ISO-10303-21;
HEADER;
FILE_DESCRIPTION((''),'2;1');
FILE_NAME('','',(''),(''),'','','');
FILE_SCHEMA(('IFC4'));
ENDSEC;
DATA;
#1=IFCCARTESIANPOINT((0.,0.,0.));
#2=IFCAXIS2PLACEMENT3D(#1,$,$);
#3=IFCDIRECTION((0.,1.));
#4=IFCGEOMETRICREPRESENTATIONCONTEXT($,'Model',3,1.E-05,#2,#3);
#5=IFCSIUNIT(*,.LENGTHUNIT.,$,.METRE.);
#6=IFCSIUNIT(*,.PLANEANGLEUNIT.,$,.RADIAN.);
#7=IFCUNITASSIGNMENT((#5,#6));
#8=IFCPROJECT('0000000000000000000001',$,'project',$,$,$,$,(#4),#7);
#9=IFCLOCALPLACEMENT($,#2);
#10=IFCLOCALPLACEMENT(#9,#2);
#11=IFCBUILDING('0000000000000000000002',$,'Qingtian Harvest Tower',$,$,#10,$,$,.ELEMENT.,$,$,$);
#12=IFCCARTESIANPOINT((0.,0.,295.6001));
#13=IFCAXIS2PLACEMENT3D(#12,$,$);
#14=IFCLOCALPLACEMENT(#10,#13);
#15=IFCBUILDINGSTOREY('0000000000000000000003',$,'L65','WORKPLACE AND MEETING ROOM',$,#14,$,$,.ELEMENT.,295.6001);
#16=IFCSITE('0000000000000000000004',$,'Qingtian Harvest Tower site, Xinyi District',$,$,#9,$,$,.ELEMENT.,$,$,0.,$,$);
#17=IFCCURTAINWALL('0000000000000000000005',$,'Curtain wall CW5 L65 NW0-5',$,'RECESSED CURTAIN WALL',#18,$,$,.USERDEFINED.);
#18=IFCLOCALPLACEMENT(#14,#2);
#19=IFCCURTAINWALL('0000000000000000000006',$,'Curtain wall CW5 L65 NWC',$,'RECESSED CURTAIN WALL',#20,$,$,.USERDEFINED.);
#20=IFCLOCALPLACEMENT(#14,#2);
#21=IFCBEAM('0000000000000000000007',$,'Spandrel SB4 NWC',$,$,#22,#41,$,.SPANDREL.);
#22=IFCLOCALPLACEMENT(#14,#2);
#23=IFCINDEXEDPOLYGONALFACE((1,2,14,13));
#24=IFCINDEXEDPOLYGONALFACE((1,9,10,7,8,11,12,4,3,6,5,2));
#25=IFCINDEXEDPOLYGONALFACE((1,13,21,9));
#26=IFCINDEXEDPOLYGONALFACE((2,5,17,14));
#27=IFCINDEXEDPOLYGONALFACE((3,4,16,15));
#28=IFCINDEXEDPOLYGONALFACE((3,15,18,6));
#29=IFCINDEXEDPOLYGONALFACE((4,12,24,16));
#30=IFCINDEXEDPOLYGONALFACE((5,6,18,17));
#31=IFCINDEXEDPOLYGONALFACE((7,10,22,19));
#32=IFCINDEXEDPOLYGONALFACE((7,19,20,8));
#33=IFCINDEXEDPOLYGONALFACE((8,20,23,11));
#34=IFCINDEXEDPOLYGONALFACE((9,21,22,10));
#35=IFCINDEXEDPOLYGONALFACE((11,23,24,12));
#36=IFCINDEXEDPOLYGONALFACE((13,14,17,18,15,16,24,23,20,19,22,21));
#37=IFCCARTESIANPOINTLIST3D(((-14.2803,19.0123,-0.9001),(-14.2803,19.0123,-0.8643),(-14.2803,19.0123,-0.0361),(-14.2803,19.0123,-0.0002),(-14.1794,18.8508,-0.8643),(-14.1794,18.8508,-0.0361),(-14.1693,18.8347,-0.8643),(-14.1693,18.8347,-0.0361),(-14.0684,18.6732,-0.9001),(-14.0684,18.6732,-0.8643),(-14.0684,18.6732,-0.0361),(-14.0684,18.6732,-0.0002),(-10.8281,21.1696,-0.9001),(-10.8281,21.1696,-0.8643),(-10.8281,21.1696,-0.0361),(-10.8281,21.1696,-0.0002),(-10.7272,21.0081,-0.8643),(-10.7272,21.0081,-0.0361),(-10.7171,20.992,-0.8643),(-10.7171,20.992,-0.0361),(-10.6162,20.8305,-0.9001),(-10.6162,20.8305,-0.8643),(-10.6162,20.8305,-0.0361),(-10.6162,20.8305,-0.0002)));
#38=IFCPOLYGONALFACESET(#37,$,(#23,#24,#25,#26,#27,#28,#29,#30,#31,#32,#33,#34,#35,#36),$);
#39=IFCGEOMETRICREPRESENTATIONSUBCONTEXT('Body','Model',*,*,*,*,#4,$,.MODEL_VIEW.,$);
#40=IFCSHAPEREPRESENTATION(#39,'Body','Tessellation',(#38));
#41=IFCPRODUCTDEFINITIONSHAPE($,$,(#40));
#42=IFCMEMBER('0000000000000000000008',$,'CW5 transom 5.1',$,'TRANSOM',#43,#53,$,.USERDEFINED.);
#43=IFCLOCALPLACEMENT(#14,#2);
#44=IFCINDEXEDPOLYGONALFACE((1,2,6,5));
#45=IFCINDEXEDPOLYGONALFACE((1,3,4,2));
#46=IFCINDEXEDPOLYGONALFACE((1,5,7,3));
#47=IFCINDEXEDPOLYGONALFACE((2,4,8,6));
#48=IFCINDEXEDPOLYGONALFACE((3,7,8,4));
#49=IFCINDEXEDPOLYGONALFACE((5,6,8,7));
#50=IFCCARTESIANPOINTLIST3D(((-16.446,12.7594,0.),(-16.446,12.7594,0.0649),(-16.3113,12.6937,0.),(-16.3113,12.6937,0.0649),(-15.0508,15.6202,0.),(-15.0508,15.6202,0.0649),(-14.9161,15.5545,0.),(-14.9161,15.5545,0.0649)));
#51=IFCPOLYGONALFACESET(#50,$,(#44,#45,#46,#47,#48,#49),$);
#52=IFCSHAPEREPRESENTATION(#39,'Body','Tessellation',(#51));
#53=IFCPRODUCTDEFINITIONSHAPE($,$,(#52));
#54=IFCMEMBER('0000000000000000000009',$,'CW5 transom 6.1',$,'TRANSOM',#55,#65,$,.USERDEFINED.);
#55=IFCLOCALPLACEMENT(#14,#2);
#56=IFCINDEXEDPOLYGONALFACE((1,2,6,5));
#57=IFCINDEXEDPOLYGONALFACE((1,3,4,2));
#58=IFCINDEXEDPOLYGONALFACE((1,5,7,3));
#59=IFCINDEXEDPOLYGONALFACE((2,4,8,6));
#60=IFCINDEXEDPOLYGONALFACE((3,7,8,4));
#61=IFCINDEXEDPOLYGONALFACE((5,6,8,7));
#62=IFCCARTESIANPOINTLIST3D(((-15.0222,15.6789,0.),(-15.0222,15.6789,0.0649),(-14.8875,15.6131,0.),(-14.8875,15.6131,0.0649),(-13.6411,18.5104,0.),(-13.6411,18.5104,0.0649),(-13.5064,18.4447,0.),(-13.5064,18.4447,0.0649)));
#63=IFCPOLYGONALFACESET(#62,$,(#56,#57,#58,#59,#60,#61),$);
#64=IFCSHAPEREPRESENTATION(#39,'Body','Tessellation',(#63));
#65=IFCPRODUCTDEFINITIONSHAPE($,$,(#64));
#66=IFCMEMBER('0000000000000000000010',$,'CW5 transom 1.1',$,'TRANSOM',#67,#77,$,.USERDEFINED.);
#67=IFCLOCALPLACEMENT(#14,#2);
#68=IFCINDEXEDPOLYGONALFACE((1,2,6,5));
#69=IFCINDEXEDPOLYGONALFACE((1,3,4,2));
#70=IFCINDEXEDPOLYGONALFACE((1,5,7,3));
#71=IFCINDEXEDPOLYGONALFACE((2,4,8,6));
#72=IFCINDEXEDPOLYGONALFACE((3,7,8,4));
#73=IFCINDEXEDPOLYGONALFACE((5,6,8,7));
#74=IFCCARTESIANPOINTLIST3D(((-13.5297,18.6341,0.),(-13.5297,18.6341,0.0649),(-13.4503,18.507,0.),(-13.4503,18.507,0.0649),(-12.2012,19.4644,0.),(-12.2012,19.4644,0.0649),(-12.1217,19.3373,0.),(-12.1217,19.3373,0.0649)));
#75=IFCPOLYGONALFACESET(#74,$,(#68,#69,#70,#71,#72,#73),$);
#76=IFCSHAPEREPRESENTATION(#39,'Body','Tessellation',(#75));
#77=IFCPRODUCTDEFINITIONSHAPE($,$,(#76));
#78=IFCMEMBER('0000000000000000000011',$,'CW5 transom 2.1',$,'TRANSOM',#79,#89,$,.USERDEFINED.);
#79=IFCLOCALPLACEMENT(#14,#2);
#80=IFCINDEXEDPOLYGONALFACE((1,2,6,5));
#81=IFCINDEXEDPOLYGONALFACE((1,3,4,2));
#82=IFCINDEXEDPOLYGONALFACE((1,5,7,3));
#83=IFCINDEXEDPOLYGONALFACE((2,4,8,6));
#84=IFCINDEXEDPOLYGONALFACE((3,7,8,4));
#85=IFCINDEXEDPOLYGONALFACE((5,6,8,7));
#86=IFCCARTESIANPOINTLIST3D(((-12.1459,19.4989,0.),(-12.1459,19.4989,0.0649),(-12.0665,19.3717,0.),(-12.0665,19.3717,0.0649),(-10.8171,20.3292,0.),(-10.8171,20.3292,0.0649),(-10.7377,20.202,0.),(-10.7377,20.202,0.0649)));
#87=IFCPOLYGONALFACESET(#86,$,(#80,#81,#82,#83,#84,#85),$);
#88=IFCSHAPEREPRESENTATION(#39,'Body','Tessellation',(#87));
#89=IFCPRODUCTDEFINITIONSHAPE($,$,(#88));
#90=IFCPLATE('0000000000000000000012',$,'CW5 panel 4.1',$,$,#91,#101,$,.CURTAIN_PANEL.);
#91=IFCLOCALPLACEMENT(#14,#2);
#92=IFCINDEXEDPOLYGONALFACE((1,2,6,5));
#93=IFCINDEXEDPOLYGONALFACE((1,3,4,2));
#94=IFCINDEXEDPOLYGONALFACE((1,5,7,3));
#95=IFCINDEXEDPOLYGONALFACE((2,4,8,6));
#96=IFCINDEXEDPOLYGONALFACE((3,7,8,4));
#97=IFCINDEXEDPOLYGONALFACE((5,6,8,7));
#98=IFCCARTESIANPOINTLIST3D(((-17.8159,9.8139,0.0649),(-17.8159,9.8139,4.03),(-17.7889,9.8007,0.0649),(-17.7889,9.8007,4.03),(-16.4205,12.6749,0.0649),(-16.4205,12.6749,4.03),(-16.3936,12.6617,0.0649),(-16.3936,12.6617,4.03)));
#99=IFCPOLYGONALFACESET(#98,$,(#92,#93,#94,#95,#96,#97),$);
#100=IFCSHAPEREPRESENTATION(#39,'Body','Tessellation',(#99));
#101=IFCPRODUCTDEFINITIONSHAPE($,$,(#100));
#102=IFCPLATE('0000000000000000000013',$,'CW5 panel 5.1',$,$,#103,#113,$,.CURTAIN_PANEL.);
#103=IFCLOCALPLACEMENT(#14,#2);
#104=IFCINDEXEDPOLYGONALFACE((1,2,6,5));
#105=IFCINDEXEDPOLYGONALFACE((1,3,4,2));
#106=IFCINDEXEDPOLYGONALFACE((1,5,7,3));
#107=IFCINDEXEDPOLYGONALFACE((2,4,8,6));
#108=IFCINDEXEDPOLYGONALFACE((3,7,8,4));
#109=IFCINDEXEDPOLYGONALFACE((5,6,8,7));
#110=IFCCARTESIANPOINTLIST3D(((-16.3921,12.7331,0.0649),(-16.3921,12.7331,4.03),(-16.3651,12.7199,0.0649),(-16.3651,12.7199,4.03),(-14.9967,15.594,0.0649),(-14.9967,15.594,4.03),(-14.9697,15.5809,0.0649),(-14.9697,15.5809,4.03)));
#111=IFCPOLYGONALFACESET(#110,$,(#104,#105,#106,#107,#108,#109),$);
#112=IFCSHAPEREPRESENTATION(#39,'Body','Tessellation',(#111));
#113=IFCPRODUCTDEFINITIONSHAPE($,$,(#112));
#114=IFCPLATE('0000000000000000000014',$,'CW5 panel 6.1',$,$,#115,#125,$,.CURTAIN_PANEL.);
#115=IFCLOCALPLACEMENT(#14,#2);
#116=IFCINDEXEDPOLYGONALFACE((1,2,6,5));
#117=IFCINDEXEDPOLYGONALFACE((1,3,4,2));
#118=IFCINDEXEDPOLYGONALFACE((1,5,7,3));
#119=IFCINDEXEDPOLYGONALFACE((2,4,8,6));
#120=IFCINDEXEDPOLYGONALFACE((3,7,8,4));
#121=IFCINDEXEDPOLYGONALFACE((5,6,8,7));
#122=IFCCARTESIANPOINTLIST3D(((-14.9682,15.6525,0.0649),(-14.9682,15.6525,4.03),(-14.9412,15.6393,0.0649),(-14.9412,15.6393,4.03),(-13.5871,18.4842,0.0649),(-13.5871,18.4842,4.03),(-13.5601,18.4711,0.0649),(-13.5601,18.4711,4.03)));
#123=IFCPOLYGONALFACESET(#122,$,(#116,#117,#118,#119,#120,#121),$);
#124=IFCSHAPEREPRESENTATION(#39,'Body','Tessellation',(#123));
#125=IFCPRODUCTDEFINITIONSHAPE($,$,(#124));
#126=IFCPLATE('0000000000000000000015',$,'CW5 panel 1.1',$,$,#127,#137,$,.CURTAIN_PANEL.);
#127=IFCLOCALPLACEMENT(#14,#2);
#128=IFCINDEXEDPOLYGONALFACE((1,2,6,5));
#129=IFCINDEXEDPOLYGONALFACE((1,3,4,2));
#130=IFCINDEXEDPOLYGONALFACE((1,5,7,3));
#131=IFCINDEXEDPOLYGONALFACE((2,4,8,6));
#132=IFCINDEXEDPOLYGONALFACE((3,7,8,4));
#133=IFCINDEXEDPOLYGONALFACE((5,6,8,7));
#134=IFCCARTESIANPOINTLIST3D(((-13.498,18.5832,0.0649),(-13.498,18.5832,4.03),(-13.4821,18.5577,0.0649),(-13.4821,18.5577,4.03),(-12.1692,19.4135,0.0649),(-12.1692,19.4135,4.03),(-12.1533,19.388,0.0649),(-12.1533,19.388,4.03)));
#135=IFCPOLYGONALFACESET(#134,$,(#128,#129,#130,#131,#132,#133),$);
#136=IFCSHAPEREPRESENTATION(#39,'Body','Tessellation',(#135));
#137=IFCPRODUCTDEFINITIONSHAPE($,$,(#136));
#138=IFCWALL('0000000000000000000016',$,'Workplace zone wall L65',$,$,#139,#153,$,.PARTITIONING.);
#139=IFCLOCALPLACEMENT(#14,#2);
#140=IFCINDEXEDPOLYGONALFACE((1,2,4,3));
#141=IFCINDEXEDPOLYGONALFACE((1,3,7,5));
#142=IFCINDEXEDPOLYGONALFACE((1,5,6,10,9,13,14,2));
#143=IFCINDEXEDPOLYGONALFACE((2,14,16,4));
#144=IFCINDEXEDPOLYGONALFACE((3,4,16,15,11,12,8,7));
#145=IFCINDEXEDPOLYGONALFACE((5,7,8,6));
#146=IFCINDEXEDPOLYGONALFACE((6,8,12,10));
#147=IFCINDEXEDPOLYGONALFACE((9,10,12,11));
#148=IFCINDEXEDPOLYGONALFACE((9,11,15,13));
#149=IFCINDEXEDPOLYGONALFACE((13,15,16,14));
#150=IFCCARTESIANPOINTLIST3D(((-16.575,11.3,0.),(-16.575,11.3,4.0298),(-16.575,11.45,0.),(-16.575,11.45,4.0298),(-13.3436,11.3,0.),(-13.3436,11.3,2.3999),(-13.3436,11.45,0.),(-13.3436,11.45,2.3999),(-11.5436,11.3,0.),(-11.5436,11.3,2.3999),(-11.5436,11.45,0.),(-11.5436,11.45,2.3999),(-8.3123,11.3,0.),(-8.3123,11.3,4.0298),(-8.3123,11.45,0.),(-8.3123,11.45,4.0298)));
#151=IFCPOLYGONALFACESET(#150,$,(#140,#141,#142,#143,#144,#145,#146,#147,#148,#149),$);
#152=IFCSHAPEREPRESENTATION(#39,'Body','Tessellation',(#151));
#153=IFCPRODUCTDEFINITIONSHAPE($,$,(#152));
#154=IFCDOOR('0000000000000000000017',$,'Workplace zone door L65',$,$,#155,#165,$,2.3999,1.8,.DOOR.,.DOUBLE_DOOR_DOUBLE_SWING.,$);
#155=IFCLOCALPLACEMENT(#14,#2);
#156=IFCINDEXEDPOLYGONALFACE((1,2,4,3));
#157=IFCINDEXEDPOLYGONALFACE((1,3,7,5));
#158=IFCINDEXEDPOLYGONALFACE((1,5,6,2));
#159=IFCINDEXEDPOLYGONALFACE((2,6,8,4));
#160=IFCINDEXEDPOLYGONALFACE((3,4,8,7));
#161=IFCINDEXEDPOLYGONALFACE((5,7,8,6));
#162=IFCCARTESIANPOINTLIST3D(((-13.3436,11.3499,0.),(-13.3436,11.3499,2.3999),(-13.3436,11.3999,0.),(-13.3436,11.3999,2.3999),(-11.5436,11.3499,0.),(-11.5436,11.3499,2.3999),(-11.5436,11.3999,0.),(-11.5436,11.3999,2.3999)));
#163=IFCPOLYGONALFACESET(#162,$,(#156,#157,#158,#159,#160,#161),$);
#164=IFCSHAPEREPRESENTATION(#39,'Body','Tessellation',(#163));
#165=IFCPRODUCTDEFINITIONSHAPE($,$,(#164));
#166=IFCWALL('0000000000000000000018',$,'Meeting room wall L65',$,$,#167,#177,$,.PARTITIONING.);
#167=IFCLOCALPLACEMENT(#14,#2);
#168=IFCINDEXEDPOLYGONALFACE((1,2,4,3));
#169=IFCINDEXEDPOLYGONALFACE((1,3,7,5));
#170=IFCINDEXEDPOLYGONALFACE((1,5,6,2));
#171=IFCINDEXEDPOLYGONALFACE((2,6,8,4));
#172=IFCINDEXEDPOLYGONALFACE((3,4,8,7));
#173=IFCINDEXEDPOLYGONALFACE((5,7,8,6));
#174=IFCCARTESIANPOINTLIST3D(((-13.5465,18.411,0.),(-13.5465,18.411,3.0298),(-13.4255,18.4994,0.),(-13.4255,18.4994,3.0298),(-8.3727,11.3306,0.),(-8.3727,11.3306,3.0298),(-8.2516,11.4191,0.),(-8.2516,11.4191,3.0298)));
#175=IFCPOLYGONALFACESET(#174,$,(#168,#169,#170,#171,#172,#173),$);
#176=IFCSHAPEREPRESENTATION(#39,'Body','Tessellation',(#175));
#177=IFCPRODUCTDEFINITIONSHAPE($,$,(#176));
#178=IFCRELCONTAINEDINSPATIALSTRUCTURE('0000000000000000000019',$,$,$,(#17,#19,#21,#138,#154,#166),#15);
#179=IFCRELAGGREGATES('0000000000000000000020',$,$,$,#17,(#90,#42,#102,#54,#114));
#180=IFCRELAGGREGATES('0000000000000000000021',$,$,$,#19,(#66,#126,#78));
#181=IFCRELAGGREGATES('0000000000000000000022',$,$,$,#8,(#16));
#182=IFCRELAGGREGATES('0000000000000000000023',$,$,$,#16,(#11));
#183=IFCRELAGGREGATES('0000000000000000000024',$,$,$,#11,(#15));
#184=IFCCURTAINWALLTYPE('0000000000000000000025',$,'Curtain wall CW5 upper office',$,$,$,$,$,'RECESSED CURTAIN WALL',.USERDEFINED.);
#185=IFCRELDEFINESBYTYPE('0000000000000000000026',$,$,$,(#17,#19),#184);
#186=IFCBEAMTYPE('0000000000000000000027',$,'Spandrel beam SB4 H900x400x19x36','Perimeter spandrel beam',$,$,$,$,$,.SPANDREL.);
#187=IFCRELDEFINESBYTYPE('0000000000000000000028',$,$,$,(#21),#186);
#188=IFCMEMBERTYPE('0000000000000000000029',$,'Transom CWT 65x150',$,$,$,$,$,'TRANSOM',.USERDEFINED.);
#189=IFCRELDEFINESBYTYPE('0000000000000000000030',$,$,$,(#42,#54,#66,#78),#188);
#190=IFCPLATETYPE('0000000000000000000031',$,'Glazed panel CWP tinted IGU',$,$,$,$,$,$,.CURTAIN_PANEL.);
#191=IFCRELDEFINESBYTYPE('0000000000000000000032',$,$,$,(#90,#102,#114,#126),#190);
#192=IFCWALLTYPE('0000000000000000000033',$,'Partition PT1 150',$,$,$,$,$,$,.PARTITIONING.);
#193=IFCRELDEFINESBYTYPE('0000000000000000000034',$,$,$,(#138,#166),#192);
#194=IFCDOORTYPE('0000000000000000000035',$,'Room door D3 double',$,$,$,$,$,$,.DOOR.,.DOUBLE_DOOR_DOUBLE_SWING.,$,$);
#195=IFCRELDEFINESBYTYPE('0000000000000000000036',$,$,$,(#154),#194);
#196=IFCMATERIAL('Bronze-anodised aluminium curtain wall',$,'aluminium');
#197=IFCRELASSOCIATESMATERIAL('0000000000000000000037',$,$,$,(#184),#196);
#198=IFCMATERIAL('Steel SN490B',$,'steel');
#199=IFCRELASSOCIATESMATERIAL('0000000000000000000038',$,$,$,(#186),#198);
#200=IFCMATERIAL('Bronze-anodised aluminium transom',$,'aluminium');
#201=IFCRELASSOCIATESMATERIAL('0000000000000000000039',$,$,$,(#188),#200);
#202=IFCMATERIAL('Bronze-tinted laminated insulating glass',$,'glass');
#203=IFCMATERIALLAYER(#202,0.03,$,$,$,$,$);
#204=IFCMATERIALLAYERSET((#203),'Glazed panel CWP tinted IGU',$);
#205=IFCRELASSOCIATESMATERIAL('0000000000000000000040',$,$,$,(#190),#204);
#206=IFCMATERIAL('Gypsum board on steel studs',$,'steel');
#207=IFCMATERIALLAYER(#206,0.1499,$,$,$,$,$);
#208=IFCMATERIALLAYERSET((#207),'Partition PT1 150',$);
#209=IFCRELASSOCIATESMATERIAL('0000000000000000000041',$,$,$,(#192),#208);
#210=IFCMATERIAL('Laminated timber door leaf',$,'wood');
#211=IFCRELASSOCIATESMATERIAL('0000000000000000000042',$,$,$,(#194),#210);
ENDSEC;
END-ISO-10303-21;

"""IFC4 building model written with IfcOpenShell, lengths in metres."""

from ifc_helpers import new_model, si_unit, direction, frame, frame_2d, origin, origin_2d, place, context, subcontext, project, spatial, rectangle, i_section, extrude, material, layer, layer_set, material_profile, profile_set, type_object, element, fill, aggregate, save


model = new_model("IFC4")

# Units and contexts
model_context = context("Model", 3, precision=1e-05, world=origin(), true_north=direction((0.0, 1.0)))
body_context = subcontext(model_context, "Body", "Model", "MODEL_VIEW")
ifc_project = project(units=[si_unit("LENGTHUNIT", "METRE"), si_unit("PLANEANGLEUNIT", "RADIAN")], contexts=[model_context])

# Site, building, storey
site_placement = place(None, origin())
site = spatial("IfcSite", under=ifc_project, at=site_placement, Name="Qingtian Harvest Tower site, Xinyi District", CompositionType="ELEMENT", RefElevation=0.0)
building_placement = place(site_placement, origin())
building = spatial("IfcBuilding", under=site, at=building_placement, Name="Qingtian Harvest Tower", CompositionType="ELEMENT")
storey_placement = place(building_placement, frame((0.0, 0.0, 295.6001)))
storey = spatial("IfcBuildingStorey", under=building, at=storey_placement, Name="L65", Description="WORKPLACE AND MEETING ROOM", CompositionType="ELEMENT", Elevation=295.6001)

# Curtain walls
ifc_material_1 = material(Name="Bronze-anodised aluminium curtain wall", Category="aluminium")
curtain_wall_type = type_object("IfcCurtainWallType", Name="Curtain wall CW5 upper office", ElementType="RECESSED CURTAIN WALL", PredefinedType="USERDEFINED", material=ifc_material_1)
curtain_wall_1_placement = place(storey_placement, origin())
curtain_wall_1 = element("IfcCurtainWall", 1, at=curtain_wall_1_placement, inside=storey, type_object=curtain_wall_type, Name="Curtain wall CW5 L65 NW0-5", ObjectType="RECESSED CURTAIN WALL", PredefinedType="USERDEFINED")
curtain_wall_2_placement = place(storey_placement, origin())
curtain_wall_2 = element("IfcCurtainWall", 2, at=curtain_wall_2_placement, inside=storey, type_object=curtain_wall_type, Name="Curtain wall CW5 L65 NWC", ObjectType="RECESSED CURTAIN WALL", PredefinedType="USERDEFINED")

# Beam
ifc_material_2 = material(Name="Steel SN490B", Category="steel")
ifc_material_profile_1 = material_profile(ifc_material_2, i_section(OverallWidth=0.3999, OverallDepth=0.8999, WebThickness=0.019, FlangeThickness=0.0359, at=origin_2d()), Name="H900x400x19x36")
ifc_profile_set_1 = profile_set([ifc_material_profile_1], Name="Steel SN490B")
beam_type_1 = type_object("IfcBeamType", Name="Spandrel beam SB4 H900x400x19x36", Description="Perimeter spandrel beam", PredefinedType="SPANDREL", material=ifc_profile_set_1)
beam_1_placement = place(storey_placement, frame((-14.1743, 18.8428, -0.4502), z_axis=(0.848039, 0.529934, 0.0), x_axis=(-0.529934, 0.848039, 0.0)))
element("IfcBeam", 3, at=beam_1_placement, inside=storey, type_object=beam_type_1, Name="Spandrel SB4 NWC", PredefinedType="SPANDREL", context=body_context, shape_type="SweptSolid", body=[
    extrude(i_section(OverallWidth=0.3999, OverallDepth=0.8999, WebThickness=0.019, FlangeThickness=0.0359, at=origin_2d()), origin(), (0.0, 0.0, 1.0), 4.0708),
])

# Members
ifc_material_3 = material(Name="Bronze-anodised aluminium transom", Category="aluminium")
ifc_material_profile_2 = material_profile(ifc_material_3, rectangle(XDim=0.1499, YDim=0.0649, at=origin_2d()), Name="AL 65x150")
ifc_profile_set_2 = profile_set([ifc_material_profile_2], Name="Bronze-anodised aluminium transom")
member_type_1 = type_object("IfcMemberType", Name="Transom CWT 65x150", ElementType="TRANSOM", PredefinedType="USERDEFINED", material=ifc_profile_set_2)
member_1_placement = place(storey_placement, frame((-16.3787, 12.7266, 0.0325), z_axis=(0.438356, 0.898802, 0.0), x_axis=(-0.898802, 0.438356, 0.0)))
member_1 = element("IfcMember", 4, at=member_1_placement, type_object=member_type_1, Name="CW5 transom 5.1", ObjectType="TRANSOM", PredefinedType="USERDEFINED", context=body_context, shape_type="SweptSolid", body=[
    extrude(rectangle(XDim=0.1499, YDim=0.0649, at=origin_2d()), origin(), (0.0, 0.0, 1.0), 3.1829),
])
member_2_placement = place(storey_placement, frame((-14.9548, 15.646, 0.0325), z_axis=(0.438389, 0.898786, 0.0), x_axis=(-0.898786, 0.438389, 0.0)))
member_2 = element("IfcMember", 5, at=member_2_placement, type_object=member_type_1, Name="CW5 transom 6.1", ObjectType="TRANSOM", PredefinedType="USERDEFINED", context=body_context, shape_type="SweptSolid", body=[
    extrude(rectangle(XDim=0.1499, YDim=0.0649, at=origin_2d()), origin(), (0.0, 0.0, 1.0), 3.1504),
])
member_3_placement = place(storey_placement, frame((-13.49, 18.5706, 0.0325), z_axis=(0.848016, 0.529971, 0.0), x_axis=(-0.529971, 0.848016, 0.0)))
member_3 = element("IfcMember", 6, at=member_3_placement, type_object=member_type_1, Name="CW5 transom 1.1", ObjectType="TRANSOM", PredefinedType="USERDEFINED", context=body_context, shape_type="SweptSolid", body=[
    extrude(rectangle(XDim=0.1499, YDim=0.0649, at=origin_2d()), origin(), (0.0, 0.0, 1.0), 1.5667),
])
member_4_placement = place(storey_placement, frame((-12.1062, 19.4353, 0.0325), z_axis=(0.84806, 0.529901, 0.0), x_axis=(-0.529901, 0.84806, 0.0)))
member_4 = element("IfcMember", 7, at=member_4_placement, type_object=member_type_1, Name="CW5 transom 2.1", ObjectType="TRANSOM", PredefinedType="USERDEFINED", context=body_context, shape_type="SweptSolid", body=[
    extrude(rectangle(XDim=0.1499, YDim=0.0649, at=origin_2d()), origin(), (0.0, 0.0, 1.0), 1.5669),
])

# Plates
ifc_material_4 = material(Name="Bronze-tinted laminated insulating glass", Category="glass")
ifc_layer_1 = layer(ifc_material_4, 0.03)
ifc_layer_set_1 = layer_set([ifc_layer_1], Name="Glazed panel CWP tinted IGU")
plate_type = type_object("IfcPlateType", Name="Glazed panel CWP tinted IGU", PredefinedType="CURTAIN_PANEL", material=ifc_layer_set_1)
plate_1_placement = place(storey_placement, frame((-17.1047, 11.2378, 0.0649), z_axis=(0.0, 0.0, 1.0), x_axis=(0.438371, 0.898794, 0.0)))
plate_1 = element("IfcPlate", 8, at=plate_1_placement, type_object=plate_type, Name="CW5 panel 4.1", PredefinedType="CURTAIN_PANEL", context=body_context, shape_type="SweptSolid", body=[
    extrude(rectangle(XDim=3.1831, YDim=0.03, at=origin_2d()), origin(), (0.0, 0.0, 1.0), 3.9651),
])
plate_2_placement = place(storey_placement, frame((-15.6809, 14.157, 0.0649), z_axis=(0.0, 0.0, 1.0), x_axis=(0.438371, 0.898794, 0.0)))
plate_2 = element("IfcPlate", 9, at=plate_2_placement, type_object=plate_type, Name="CW5 panel 5.1", PredefinedType="CURTAIN_PANEL", context=body_context, shape_type="SweptSolid", body=[
    extrude(rectangle(XDim=3.1831, YDim=0.03, at=origin_2d()), origin(), (0.0, 0.0, 1.0), 3.9651),
])
plate_3_placement = place(storey_placement, frame((-14.2642, 17.0618, 0.0649), z_axis=(0.0, 0.0, 1.0), x_axis=(0.438371, 0.898794, 0.0)))
plate_3 = element("IfcPlate", 10, at=plate_3_placement, type_object=plate_type, Name="CW5 panel 6.1", PredefinedType="CURTAIN_PANEL", context=body_context, shape_type="SweptSolid", body=[
    extrude(rectangle(XDim=3.1506, YDim=0.03, at=origin_2d()), origin(), (0.0, 0.0, 1.0), 3.9651),
])
aggregate(curtain_wall_1, [plate_1, member_1, plate_2, member_2, plate_3])
plate_4_placement = place(storey_placement, frame((-12.8257, 18.9856, 0.0649), z_axis=(0.0, 0.0, 1.0), x_axis=(0.848048, 0.529919, 0.0)))
plate_4 = element("IfcPlate", 11, at=plate_4_placement, type_object=plate_type, Name="CW5 panel 1.1", PredefinedType="CURTAIN_PANEL", context=body_context, shape_type="SweptSolid", body=[
    extrude(rectangle(XDim=1.5669, YDim=0.03, at=origin_2d()), origin(), (0.0, 0.0, 1.0), 3.9651),
])
aggregate(curtain_wall_2, [member_3, plate_4, member_4])

# Wall, opening, door
ifc_material_5 = material(Name="Gypsum board on steel studs", Category="steel")
ifc_layer_2 = layer(ifc_material_5, 0.1499)
ifc_layer_set_2 = layer_set([ifc_layer_2], Name="Partition PT1 150")
wall_type = type_object("IfcWallType", Name="Partition PT1 150", PredefinedType="PARTITIONING", material=ifc_layer_set_2)
wall_1_placement = place(storey_placement, frame((-16.575, 11.375, 0.0), z_axis=(0.0, 0.0, 1.0), x_axis=(1.0, 0.0, 0.0)))
wall_1 = element("IfcWall", 12, at=wall_1_placement, inside=storey, type_object=wall_type, Name="Workplace zone wall L65", PredefinedType="PARTITIONING", context=body_context, shape_type="SweptSolid", body=[
    extrude(rectangle(XDim=8.2627, YDim=0.1499, at=frame_2d((4.1313, 0.0))), origin(), (0.0, 0.0, 1.0), 4.0298),
])
opening_placement = place(wall_1_placement, frame((3.2314, 0.0, 0.0)))
opening = element("IfcOpeningElement", 13, at=opening_placement, cuts=wall_1, PredefinedType="OPENING", context=body_context, shape_type="SweptSolid", body=[
    extrude(rectangle(XDim=1.8, YDim=2.3999, at=frame_2d((0.8999, 1.2))), frame((0.0, 0.085, 0.0), z_axis=(0.0, -1.0, 0.0), x_axis=(1.0, 0.0, 0.0)), (0.0, 0.0, 1.0), 0.1699),
])
ifc_material_6 = material(Name="Laminated timber door leaf", Category="wood")
door_type = type_object("IfcDoorType", Name="Room door D3 double", OperationType="DOUBLE_DOOR_DOUBLE_SWING", PredefinedType="DOOR", material=ifc_material_6)
door_placement = place(opening_placement, origin())
door = element("IfcDoor", 14, at=door_placement, inside=storey, type_object=door_type, Name="Workplace zone door L65", OperationType="DOUBLE_DOOR_DOUBLE_SWING", OverallHeight=2.3999, OverallWidth=1.8, PredefinedType="DOOR", context=body_context, shape_type="SweptSolid", body=[
    extrude(rectangle(XDim=1.8, YDim=2.3999, at=frame_2d((0.8999, 1.2))), frame((0.0, 0.0249, 0.0), z_axis=(0.0, -1.0, 0.0), x_axis=(1.0, 0.0, 0.0)), (0.0, 0.0, 1.0), 0.05),
])
fill(opening, door)

# Wall
wall_2_placement = place(storey_placement, frame((-13.4861, 18.4553, 0.0), z_axis=(0.0, 0.0, 1.0), x_axis=(0.589998, -0.807405, 0.0)))
element("IfcWall", 15, at=wall_2_placement, inside=storey, type_object=wall_type, Name="Meeting room wall L65", PredefinedType="PARTITIONING", context=body_context, shape_type="SweptSolid", body=[
    extrude(rectangle(XDim=8.7693, YDim=0.1499, at=frame_2d((4.3848, 0.0))), origin(), (0.0, 0.0, 1.0), 3.0298),
])

save(model, "model.ifc")
